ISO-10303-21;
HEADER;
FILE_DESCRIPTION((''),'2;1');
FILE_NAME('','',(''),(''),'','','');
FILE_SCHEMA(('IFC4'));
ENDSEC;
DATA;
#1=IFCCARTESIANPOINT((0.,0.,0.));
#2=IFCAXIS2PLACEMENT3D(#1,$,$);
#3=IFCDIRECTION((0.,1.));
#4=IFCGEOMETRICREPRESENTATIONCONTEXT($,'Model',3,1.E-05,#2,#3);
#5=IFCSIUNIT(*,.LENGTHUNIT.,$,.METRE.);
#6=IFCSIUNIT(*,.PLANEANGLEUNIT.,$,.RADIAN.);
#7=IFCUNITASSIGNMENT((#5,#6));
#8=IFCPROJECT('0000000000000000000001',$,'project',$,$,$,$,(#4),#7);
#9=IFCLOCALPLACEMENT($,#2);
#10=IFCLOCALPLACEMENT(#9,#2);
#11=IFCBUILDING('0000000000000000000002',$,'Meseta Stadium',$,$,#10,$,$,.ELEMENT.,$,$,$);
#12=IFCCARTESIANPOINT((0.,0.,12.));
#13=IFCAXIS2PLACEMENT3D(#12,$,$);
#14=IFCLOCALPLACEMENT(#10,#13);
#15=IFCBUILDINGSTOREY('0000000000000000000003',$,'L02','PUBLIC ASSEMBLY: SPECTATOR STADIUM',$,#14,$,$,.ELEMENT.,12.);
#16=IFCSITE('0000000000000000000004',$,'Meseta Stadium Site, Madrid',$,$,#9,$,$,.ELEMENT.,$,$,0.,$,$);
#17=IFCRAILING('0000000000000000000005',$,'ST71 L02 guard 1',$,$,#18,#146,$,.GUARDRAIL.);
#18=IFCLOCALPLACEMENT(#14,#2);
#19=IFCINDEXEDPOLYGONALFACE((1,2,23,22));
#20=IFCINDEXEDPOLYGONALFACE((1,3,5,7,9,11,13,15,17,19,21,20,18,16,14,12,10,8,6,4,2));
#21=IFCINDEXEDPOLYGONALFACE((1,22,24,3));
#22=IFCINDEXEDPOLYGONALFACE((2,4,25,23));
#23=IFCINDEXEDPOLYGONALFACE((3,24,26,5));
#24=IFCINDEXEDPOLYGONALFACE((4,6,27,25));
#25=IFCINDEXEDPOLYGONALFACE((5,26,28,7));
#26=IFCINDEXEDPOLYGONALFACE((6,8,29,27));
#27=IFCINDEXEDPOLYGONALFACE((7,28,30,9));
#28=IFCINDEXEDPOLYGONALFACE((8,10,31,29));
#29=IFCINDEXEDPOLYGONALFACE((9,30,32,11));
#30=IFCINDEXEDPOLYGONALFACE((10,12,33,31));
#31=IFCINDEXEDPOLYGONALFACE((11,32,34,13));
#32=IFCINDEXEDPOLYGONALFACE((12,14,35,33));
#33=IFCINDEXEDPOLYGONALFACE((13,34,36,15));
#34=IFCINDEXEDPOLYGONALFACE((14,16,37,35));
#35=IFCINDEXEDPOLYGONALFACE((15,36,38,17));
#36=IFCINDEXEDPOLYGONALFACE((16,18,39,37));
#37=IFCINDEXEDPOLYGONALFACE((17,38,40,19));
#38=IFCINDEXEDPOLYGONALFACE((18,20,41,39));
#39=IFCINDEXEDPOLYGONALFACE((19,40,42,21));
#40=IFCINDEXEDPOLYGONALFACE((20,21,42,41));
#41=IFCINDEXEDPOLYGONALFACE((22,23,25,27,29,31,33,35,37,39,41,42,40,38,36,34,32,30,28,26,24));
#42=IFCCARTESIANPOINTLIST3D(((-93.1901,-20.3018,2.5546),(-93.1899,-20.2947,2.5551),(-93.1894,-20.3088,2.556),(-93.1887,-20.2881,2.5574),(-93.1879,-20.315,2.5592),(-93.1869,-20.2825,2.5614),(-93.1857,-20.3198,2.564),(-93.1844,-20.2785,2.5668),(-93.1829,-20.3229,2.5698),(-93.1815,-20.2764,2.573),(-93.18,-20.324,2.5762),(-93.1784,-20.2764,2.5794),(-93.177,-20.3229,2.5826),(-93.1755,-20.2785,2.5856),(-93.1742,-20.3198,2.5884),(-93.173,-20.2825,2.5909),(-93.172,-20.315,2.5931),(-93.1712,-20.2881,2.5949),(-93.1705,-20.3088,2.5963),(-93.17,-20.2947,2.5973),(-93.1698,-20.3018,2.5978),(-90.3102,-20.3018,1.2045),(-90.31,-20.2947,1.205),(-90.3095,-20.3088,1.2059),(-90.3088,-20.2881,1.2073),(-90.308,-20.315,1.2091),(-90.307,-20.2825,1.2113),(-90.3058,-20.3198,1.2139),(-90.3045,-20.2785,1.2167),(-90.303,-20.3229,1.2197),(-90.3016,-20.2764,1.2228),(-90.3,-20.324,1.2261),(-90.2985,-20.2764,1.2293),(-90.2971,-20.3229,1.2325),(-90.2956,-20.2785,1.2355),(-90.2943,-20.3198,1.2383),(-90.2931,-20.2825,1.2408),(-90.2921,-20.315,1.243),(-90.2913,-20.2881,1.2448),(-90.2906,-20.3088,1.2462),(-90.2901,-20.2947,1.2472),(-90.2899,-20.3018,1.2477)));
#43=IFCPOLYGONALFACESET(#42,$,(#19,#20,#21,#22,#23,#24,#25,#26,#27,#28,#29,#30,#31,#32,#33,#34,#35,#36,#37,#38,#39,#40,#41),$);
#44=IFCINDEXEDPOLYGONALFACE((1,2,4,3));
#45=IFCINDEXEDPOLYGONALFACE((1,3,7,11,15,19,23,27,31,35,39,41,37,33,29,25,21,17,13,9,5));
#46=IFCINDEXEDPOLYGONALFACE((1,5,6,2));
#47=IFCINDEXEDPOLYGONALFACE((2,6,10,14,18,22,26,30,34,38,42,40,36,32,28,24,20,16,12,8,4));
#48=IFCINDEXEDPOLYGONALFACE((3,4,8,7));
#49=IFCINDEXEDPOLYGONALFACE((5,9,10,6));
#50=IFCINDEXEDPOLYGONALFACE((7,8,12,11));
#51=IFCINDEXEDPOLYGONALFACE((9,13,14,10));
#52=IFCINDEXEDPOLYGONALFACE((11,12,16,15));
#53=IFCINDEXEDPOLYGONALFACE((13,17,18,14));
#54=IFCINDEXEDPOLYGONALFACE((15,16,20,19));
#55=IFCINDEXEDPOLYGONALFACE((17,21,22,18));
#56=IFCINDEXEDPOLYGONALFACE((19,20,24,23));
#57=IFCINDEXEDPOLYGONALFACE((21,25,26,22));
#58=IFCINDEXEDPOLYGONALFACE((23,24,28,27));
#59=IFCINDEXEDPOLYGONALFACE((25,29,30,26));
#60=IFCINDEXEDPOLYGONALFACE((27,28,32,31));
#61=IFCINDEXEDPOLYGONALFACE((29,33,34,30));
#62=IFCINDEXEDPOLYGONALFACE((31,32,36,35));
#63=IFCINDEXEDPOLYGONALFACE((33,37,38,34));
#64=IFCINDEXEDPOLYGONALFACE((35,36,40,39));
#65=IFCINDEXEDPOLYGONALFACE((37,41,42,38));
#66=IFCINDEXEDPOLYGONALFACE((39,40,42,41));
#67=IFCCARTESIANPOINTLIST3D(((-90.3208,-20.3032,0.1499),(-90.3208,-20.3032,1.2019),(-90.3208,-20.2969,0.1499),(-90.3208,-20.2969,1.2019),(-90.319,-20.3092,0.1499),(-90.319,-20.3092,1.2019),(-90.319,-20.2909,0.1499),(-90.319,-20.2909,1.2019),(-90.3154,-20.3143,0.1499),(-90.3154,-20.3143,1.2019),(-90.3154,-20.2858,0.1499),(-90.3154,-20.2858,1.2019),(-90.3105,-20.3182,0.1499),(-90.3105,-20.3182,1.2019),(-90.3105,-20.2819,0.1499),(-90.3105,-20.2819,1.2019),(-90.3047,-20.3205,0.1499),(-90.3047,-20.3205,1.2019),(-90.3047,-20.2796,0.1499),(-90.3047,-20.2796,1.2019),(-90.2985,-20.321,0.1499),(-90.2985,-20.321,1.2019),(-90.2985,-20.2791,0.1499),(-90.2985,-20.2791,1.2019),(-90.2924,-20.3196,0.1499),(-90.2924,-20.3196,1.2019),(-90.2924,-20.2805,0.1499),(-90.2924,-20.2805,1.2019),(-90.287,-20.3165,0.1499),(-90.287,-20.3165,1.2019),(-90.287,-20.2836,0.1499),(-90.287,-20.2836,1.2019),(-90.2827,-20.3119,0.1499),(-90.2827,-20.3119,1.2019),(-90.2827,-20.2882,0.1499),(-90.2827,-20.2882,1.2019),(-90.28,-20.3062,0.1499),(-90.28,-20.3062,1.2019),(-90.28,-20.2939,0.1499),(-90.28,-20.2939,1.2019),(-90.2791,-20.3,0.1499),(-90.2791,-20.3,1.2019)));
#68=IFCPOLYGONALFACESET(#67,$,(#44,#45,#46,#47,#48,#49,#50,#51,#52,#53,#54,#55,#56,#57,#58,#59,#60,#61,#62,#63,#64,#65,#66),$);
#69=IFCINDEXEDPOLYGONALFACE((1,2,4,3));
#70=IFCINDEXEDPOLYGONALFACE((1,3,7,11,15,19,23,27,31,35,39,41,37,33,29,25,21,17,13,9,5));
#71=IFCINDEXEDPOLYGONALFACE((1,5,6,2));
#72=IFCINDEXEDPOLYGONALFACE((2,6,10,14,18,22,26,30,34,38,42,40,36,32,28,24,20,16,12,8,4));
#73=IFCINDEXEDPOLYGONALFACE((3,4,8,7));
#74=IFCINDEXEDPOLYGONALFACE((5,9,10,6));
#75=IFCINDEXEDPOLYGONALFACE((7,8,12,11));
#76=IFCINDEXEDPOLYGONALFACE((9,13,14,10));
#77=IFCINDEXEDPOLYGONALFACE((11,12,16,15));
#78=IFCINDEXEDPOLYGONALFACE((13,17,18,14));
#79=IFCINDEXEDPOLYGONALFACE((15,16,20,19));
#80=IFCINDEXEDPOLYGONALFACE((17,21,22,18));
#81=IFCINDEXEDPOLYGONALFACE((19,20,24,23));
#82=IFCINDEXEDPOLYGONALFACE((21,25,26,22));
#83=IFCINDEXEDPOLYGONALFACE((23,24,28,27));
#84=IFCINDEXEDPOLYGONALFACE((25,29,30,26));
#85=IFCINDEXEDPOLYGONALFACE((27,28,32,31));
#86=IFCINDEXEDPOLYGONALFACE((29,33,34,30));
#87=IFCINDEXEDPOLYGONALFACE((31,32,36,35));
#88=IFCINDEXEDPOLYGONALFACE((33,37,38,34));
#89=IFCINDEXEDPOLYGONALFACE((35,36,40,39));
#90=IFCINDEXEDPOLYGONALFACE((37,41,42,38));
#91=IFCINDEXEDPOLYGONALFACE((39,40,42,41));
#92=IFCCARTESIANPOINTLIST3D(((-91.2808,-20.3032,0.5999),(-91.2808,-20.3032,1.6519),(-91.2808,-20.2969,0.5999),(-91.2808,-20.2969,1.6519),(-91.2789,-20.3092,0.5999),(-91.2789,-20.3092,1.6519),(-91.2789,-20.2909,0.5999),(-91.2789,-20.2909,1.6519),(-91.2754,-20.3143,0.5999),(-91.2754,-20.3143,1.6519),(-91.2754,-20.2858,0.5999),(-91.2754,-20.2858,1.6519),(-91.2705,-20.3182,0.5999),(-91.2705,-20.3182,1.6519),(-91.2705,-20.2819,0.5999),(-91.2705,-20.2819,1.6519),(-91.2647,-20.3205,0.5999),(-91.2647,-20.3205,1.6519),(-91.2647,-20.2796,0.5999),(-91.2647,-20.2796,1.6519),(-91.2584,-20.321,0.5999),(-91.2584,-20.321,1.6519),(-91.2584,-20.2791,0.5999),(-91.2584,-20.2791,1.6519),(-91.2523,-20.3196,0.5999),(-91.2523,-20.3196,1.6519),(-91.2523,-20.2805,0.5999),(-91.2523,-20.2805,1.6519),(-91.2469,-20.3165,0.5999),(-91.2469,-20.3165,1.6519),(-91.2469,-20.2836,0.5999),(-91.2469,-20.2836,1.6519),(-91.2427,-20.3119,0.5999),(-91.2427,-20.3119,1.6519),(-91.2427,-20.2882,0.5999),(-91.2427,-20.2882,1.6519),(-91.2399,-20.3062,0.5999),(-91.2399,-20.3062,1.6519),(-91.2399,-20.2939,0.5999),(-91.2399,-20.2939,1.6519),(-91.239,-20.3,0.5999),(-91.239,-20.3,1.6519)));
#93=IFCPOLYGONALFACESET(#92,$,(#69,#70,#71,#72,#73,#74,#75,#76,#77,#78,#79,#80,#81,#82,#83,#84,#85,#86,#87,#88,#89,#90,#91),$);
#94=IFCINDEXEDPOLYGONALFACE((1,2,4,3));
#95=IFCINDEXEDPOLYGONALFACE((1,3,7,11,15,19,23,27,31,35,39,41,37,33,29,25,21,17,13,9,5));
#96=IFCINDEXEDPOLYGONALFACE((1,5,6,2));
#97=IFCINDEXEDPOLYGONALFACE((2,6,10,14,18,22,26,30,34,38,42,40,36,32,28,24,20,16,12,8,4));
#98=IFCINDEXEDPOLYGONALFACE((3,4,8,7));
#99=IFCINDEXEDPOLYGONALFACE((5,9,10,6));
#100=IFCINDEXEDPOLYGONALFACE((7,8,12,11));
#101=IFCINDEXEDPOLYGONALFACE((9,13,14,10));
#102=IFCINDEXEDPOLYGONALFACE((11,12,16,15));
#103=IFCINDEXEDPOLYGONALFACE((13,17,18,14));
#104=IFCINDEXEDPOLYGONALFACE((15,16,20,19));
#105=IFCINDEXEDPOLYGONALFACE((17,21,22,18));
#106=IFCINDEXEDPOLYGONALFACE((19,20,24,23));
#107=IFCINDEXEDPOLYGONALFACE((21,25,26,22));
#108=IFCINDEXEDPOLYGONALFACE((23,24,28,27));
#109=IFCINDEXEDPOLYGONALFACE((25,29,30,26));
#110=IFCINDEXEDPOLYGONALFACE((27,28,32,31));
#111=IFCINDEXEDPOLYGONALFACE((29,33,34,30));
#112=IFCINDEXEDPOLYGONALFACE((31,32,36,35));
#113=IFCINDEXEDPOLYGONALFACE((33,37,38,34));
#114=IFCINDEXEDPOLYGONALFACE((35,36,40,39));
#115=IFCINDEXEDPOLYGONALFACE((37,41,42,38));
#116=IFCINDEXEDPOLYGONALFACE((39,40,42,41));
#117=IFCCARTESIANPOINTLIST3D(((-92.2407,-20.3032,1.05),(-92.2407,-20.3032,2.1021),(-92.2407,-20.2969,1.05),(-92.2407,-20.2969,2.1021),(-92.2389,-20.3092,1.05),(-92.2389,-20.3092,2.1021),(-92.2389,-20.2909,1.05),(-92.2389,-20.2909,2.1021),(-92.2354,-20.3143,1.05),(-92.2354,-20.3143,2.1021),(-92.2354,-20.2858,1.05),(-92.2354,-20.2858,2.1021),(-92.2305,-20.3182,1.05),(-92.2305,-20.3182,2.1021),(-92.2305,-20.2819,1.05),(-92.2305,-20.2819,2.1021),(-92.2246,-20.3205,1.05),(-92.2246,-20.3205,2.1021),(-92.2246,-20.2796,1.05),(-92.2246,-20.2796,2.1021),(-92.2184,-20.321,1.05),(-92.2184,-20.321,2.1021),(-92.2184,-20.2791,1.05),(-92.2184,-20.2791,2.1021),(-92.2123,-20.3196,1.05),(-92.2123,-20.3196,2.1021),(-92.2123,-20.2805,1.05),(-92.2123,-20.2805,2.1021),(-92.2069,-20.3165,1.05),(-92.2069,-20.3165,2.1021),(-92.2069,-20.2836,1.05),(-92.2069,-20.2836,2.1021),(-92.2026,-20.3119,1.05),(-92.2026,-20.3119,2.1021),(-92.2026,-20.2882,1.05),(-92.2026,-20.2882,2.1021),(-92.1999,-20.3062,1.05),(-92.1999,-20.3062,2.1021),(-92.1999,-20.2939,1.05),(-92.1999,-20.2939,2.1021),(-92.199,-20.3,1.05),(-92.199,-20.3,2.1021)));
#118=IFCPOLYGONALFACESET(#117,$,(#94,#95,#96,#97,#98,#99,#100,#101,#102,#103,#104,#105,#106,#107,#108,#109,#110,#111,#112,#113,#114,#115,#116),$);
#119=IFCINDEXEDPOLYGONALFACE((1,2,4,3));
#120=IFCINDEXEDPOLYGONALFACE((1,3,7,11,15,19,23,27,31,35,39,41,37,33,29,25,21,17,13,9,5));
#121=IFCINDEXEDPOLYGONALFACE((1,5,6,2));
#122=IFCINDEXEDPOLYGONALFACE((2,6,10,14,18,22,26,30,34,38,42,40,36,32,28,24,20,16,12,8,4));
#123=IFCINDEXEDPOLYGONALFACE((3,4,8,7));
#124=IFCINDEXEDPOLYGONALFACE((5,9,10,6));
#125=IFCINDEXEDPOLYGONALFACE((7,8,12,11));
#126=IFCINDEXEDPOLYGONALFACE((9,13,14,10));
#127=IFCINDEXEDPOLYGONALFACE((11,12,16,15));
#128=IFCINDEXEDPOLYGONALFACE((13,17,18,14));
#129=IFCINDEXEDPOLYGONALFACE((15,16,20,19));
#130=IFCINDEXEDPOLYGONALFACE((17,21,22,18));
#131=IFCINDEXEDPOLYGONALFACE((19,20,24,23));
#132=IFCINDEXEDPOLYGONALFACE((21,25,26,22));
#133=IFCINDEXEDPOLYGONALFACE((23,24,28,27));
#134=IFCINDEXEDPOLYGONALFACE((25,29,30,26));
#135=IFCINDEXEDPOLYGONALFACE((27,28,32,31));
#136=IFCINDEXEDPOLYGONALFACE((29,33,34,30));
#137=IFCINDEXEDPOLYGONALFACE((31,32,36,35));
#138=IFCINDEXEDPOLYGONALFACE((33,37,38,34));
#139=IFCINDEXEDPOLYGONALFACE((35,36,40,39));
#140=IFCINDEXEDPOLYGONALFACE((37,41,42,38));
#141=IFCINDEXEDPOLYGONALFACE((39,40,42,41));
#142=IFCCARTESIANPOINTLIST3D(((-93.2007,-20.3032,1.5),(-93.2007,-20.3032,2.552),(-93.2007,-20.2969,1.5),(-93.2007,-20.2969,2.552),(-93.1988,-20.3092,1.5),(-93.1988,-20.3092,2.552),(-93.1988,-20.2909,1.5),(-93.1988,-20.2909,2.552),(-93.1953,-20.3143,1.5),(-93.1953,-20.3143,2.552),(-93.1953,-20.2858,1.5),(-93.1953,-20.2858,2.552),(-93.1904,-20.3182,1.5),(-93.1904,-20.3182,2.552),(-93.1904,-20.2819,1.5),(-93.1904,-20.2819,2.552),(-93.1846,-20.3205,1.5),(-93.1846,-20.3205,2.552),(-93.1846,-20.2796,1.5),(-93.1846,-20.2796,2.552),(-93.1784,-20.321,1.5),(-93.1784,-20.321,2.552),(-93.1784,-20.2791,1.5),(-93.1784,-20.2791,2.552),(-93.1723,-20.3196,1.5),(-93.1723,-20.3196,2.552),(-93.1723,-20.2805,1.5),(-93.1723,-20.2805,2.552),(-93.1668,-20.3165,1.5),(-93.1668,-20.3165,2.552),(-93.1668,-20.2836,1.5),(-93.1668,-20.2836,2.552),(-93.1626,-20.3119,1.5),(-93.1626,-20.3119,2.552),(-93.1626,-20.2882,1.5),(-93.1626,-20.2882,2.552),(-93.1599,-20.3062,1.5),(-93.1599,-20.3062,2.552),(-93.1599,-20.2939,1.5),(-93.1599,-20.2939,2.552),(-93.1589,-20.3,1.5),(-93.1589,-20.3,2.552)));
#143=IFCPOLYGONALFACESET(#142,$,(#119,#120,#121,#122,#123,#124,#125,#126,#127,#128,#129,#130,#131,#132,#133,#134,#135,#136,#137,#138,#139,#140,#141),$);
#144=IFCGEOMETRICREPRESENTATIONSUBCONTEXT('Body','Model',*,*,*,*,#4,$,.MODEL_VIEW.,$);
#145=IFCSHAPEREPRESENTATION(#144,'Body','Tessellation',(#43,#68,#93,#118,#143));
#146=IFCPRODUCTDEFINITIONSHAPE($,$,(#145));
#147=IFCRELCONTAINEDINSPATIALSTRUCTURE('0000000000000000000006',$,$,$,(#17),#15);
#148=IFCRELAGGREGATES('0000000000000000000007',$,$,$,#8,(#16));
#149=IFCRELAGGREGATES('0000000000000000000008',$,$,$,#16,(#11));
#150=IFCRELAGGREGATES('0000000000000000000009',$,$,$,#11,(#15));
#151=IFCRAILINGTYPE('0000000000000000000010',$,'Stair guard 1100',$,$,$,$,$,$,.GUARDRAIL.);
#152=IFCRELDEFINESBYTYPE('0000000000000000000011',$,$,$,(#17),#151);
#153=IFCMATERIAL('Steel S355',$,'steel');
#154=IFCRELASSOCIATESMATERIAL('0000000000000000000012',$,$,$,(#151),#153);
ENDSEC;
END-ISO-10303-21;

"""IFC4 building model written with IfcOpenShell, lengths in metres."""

from ifc_helpers import new_model, si_unit, direction, frame, origin, origin_2d, place, context, subcontext, project, spatial, circle, extrude, material, type_object, element, save


model = new_model("IFC4")

# Units and contexts
model_context = context("Model", 3, precision=1e-05, world=origin(), true_north=direction((0.0, 1.0)))
body_context = subcontext(model_context, "Body", "Model", "MODEL_VIEW")
ifc_project = project(units=[si_unit("LENGTHUNIT", "METRE"), si_unit("PLANEANGLEUNIT", "RADIAN")], contexts=[model_context])

# Site, building, storey
site_placement = place(None, origin())
site = spatial("IfcSite", under=ifc_project, at=site_placement, Name="Meseta Stadium Site, Madrid", CompositionType="ELEMENT", RefElevation=0.0)
building_placement = place(site_placement, origin())
building = spatial("IfcBuilding", under=site, at=building_placement, Name="Meseta Stadium", CompositionType="ELEMENT")
storey_placement = place(building_placement, frame((0.0, 0.0, 12.0)))
storey = spatial("IfcBuildingStorey", under=building, at=storey_placement, Name="L02", Description="PUBLIC ASSEMBLY: SPECTATOR STADIUM", CompositionType="ELEMENT", Elevation=12.0)

# Railing
ifc_material_1 = material(Name="Steel S355", Category="steel")
railing_type_1 = type_object("IfcRailingType", Name="Stair guard 1100", PredefinedType="GUARDRAIL", material=ifc_material_1)
railing_1_placement = place(storey_placement, frame((-90.3, -20.3, 0.1499)))
element("IfcRailing", 1, at=railing_1_placement, inside=storey, type_object=railing_type_1, Name="ST71 L02 guard 1", PredefinedType="GUARDRAIL", context=body_context, shape_type="SweptSolid", body=[
    extrude(circle(Radius=0.0239, at=origin_2d()), frame((0.0, 0.0, 1.0762), z_axis=(-0.90544, 0.0, 0.424473), x_axis=(0.0, -1.0, 0.0)), (0.0, 0.0, 1.0), 3.1807),
    extrude(circle(Radius=0.021, at=origin_2d()), origin(), (0.0, 0.0, 1.0), 1.052),
    extrude(circle(Radius=0.021, at=origin_2d()), frame((-0.96, 0.0, 0.45)), (0.0, 0.0, 1.0), 1.052),
    extrude(circle(Radius=0.021, at=origin_2d()), frame((-1.9199, 0.0, 0.9001)), (0.0, 0.0, 1.0), 1.052),
    extrude(circle(Radius=0.021, at=origin_2d()), frame((-2.8799, 0.0, 1.3501)), (0.0, 0.0, 1.0), 1.052),
])

save(model, "model.ifc")
